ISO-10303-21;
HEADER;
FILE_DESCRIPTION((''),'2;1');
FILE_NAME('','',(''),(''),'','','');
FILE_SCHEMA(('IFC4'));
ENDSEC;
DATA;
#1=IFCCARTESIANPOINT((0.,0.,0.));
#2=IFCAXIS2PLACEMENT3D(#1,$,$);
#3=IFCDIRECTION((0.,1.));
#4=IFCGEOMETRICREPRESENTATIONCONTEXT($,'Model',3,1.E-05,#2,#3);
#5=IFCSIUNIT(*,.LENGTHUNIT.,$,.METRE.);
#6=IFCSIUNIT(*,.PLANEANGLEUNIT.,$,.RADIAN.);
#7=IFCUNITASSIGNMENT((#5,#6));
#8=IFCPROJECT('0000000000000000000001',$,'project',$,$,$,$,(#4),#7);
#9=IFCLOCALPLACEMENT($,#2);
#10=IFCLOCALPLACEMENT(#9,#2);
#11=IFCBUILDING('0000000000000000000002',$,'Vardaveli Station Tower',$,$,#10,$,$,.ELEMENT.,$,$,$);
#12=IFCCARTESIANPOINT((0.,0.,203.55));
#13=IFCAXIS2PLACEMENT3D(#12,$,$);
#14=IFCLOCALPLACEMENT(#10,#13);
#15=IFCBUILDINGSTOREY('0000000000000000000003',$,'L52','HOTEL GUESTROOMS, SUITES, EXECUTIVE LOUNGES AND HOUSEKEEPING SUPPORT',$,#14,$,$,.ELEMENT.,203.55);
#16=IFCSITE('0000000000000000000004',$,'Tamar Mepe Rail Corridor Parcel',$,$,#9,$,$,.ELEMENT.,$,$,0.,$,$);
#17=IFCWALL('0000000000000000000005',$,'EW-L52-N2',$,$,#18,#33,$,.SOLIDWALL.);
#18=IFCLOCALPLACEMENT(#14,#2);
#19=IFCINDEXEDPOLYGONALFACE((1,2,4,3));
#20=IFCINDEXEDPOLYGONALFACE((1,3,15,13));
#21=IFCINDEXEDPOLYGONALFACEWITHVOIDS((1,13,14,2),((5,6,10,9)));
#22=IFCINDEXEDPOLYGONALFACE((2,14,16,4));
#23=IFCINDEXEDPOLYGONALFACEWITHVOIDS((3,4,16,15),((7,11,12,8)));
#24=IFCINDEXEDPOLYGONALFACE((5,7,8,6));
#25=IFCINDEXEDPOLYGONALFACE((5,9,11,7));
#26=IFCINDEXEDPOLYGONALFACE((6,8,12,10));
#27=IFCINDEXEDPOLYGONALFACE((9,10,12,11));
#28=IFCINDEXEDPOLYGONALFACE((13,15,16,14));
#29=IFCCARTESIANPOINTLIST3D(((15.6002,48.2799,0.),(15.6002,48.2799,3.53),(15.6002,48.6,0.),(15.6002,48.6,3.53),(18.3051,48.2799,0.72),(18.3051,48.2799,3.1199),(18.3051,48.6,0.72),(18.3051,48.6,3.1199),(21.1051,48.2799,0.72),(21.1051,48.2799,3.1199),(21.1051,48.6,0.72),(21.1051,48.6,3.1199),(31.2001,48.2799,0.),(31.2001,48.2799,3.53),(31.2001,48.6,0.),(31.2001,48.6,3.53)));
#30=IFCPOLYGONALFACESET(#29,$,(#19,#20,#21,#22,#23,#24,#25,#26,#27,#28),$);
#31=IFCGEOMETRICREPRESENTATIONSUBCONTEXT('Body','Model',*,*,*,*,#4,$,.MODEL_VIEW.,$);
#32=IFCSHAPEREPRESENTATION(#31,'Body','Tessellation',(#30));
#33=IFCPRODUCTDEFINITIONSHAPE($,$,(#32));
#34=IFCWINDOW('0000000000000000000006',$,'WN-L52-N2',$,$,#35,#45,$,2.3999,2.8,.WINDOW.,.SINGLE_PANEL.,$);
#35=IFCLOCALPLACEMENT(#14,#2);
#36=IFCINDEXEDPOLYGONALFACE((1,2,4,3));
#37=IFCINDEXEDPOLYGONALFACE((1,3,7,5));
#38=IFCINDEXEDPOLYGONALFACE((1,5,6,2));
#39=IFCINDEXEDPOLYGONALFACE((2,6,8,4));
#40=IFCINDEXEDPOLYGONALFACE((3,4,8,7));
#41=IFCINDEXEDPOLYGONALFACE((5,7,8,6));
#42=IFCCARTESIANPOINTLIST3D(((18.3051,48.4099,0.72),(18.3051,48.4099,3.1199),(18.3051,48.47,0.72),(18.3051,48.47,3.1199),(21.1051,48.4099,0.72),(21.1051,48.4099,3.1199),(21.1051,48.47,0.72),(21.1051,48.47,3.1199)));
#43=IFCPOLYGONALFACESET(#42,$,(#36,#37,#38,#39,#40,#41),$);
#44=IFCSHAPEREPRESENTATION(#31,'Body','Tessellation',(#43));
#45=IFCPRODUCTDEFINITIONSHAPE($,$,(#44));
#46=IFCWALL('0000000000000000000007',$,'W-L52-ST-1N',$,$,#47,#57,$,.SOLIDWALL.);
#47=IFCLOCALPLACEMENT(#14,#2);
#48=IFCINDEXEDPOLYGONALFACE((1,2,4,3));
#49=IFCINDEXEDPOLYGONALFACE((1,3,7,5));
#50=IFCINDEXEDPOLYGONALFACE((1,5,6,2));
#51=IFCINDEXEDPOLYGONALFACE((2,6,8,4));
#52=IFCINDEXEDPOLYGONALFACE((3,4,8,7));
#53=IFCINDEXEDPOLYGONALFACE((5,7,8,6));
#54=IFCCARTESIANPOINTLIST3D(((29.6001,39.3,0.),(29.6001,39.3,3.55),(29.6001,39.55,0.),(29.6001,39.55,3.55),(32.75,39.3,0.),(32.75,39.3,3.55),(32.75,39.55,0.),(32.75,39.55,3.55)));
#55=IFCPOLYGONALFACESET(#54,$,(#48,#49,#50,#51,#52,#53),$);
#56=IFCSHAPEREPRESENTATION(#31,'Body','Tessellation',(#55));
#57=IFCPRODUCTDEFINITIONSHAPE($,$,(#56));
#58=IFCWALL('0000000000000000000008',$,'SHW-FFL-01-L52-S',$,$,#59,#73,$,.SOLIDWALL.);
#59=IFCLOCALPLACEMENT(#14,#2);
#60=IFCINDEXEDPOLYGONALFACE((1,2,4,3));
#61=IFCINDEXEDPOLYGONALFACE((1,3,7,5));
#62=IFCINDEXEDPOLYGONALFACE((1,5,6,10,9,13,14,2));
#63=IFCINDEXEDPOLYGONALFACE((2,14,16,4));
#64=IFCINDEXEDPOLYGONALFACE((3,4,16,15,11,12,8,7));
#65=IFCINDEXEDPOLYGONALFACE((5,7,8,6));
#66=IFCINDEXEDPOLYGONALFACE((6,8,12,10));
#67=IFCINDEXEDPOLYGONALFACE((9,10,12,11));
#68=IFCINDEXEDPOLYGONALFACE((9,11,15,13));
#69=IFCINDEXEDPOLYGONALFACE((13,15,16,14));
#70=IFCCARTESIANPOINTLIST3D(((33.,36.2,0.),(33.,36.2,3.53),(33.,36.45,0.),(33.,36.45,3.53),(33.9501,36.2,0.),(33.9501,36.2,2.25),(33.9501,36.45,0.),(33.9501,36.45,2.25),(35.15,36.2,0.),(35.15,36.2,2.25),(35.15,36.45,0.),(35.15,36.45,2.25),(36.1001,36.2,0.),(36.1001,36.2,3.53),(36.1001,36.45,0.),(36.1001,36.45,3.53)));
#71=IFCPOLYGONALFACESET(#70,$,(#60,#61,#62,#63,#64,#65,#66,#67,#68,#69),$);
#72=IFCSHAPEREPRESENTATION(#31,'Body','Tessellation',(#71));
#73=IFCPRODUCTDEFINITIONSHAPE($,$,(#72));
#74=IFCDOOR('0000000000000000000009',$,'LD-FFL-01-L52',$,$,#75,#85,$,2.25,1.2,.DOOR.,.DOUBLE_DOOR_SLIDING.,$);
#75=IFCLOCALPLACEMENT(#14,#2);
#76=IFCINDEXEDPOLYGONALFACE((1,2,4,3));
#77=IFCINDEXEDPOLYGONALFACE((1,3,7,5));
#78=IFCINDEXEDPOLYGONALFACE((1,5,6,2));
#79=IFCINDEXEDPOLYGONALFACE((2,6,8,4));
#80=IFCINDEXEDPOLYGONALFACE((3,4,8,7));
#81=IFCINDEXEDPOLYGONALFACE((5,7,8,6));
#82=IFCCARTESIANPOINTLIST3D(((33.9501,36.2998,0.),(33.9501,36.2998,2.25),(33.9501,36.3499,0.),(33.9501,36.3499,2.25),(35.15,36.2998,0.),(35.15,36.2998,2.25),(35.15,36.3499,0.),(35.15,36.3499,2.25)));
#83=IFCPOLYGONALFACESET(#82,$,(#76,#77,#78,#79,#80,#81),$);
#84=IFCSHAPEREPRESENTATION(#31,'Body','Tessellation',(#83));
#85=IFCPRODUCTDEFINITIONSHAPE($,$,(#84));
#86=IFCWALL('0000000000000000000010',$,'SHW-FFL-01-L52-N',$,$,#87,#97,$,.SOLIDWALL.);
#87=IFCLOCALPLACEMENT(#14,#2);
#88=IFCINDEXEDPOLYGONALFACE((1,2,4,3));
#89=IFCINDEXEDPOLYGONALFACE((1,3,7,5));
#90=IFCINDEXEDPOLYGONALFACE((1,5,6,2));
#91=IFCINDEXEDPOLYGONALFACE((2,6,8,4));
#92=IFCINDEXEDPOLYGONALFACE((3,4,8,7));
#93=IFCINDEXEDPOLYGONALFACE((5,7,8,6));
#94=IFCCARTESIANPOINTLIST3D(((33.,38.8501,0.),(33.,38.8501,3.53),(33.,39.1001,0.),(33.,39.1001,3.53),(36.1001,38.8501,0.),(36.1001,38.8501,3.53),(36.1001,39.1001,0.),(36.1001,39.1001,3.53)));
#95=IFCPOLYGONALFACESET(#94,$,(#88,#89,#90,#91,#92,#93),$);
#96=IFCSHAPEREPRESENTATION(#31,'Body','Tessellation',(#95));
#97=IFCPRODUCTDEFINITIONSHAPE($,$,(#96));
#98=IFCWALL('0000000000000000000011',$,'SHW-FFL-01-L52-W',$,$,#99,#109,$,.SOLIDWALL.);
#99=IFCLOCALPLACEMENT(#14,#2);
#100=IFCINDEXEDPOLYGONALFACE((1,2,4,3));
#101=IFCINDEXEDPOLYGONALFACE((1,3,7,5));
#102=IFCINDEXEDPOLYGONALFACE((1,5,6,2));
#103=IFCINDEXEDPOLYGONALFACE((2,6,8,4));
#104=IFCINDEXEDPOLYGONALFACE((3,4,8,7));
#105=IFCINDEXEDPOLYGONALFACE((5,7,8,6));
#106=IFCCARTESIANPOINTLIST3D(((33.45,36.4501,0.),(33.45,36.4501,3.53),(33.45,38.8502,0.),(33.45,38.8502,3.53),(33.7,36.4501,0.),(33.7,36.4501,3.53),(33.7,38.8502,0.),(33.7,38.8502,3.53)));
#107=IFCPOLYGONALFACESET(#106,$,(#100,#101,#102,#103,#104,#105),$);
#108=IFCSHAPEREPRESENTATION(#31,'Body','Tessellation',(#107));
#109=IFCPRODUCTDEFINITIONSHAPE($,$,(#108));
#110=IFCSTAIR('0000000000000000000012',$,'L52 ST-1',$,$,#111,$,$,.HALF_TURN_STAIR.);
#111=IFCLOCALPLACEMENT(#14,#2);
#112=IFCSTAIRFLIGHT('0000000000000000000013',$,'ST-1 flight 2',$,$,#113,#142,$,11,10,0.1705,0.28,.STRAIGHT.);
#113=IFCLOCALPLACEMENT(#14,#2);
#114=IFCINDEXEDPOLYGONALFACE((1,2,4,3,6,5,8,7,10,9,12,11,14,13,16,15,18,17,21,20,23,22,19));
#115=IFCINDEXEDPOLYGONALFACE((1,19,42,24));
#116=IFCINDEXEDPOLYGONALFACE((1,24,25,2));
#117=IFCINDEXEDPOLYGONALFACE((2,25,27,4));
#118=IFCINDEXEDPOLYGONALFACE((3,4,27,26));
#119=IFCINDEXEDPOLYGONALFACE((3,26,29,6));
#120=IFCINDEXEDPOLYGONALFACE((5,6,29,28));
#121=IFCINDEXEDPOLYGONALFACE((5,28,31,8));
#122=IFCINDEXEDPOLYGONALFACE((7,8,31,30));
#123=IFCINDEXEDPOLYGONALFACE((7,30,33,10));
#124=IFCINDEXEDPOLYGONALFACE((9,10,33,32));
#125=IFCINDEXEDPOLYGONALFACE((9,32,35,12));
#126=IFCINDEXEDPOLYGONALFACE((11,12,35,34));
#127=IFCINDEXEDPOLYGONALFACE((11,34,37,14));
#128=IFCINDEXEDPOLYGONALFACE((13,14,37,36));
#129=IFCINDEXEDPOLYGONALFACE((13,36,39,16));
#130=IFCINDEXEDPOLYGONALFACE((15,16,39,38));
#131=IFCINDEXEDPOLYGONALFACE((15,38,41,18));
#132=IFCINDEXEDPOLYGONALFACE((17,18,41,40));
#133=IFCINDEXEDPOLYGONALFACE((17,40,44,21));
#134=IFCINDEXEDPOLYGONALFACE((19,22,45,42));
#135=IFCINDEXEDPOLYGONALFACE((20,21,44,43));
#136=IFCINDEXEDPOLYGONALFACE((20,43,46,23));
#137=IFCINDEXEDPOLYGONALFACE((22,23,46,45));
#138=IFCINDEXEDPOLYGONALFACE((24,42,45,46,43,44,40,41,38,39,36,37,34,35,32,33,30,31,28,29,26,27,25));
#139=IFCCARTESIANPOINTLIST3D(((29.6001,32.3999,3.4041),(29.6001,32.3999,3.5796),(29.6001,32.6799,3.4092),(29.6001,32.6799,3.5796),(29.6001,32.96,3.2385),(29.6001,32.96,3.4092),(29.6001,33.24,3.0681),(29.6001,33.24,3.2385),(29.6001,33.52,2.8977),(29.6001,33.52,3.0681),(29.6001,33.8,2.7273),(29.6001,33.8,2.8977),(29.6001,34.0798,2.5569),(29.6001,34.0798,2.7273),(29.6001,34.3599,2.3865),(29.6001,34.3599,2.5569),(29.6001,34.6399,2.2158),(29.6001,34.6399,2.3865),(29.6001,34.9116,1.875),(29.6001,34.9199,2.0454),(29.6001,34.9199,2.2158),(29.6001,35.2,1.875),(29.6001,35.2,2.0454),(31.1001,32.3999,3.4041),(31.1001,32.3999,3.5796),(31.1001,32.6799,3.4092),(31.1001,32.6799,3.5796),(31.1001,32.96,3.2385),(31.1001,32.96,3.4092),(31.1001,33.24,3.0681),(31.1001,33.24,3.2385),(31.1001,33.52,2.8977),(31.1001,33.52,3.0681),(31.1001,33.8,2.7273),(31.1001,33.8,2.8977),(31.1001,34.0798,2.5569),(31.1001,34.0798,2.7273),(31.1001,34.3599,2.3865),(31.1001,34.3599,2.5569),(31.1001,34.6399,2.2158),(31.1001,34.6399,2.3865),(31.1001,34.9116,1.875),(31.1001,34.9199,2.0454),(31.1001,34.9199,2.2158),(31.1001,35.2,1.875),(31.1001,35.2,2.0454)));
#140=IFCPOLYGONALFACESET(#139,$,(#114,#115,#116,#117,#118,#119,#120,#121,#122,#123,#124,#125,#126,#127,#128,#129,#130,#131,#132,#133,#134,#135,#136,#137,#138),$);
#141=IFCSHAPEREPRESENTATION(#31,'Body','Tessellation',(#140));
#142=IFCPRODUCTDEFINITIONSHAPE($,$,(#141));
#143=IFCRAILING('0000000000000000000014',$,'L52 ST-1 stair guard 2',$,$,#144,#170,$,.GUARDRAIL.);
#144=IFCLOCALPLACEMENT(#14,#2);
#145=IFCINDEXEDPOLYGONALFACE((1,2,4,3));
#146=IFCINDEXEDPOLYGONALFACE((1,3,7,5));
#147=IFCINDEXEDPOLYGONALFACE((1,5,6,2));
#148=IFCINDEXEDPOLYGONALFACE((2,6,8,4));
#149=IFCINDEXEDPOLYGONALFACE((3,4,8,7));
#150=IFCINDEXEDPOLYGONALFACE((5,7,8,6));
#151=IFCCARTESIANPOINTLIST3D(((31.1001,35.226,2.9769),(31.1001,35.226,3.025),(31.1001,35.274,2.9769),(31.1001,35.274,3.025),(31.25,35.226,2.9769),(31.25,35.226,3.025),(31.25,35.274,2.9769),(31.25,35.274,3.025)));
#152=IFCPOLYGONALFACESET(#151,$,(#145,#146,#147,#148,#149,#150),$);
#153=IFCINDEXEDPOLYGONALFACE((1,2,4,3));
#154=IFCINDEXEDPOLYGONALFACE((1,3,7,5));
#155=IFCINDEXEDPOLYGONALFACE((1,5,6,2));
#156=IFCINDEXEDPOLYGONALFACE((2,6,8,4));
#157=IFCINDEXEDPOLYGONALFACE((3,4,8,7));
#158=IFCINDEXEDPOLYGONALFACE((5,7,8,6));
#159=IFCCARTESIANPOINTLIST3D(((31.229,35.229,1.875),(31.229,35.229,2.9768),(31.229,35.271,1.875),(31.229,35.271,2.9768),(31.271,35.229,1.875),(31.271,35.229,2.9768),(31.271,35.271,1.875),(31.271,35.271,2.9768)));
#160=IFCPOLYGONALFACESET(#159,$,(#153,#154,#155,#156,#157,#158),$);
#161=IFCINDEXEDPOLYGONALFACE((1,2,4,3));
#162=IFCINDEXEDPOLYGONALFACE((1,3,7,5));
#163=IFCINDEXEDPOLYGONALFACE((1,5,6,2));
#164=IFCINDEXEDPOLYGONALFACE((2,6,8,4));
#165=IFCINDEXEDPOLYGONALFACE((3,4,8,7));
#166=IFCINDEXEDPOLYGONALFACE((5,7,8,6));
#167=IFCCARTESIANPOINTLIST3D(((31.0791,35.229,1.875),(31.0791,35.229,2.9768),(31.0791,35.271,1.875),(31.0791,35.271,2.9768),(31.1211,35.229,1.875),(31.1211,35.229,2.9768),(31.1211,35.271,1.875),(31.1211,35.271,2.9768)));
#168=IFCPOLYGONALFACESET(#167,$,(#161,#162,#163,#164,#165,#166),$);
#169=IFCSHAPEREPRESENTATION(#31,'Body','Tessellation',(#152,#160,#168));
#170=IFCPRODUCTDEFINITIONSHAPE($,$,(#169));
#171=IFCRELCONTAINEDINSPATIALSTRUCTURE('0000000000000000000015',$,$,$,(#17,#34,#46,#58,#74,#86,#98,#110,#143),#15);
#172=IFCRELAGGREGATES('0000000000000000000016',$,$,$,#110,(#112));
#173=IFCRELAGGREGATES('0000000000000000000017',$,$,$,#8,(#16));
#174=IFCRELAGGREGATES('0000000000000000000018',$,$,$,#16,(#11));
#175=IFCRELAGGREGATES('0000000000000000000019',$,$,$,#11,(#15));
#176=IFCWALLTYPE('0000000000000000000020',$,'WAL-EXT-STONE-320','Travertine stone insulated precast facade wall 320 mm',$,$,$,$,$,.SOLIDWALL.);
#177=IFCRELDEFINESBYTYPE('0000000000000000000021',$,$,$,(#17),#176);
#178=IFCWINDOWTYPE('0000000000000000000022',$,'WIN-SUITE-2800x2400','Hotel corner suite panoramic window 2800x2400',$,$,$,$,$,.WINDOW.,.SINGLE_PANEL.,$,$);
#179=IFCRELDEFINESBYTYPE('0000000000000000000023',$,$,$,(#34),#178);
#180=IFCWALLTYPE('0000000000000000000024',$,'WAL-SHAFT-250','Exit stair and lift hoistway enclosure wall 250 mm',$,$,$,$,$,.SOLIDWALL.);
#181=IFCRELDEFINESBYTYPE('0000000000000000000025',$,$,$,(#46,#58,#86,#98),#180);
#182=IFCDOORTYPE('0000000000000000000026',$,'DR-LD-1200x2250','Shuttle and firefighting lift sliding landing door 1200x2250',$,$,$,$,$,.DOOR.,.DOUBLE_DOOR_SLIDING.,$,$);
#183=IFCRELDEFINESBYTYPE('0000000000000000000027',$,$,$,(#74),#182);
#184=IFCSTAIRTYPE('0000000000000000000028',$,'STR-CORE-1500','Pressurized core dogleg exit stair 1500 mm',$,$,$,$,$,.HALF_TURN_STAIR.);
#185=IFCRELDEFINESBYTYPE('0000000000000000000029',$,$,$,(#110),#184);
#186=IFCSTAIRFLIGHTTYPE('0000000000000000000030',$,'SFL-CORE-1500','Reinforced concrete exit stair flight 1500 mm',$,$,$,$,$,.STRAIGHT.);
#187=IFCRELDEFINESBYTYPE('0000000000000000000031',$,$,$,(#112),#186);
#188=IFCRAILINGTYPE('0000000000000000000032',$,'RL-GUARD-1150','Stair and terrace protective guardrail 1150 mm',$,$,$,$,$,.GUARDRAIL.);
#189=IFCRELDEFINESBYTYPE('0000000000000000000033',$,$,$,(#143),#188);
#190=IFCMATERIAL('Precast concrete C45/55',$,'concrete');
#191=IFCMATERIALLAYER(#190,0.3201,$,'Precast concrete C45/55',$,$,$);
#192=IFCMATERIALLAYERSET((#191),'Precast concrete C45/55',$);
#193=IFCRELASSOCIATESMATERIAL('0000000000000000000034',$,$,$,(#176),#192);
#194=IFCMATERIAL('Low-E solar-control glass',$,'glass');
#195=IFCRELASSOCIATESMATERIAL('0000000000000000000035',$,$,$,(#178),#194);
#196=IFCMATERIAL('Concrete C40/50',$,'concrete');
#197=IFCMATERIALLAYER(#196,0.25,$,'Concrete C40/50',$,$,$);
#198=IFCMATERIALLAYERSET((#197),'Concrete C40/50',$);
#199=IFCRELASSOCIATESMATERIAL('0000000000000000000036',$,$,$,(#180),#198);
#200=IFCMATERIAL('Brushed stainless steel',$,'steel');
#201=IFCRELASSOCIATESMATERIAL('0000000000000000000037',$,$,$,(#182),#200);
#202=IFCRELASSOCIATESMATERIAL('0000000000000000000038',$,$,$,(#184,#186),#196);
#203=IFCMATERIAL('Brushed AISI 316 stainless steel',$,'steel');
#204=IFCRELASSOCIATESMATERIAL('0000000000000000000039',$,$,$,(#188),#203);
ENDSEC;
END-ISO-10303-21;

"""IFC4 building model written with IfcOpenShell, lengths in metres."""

from ifc_helpers import new_model, si_unit, direction, frame, frame_2d, origin, origin_2d, place, context, subcontext, project, spatial, polyline, rectangle, outline, extrude, source, transform, mapped, material, layer, layer_set, type_object, element, fill, aggregate, save


model = new_model("IFC4")

# Units and contexts
model_context = context("Model", 3, precision=1e-05, world=origin(), true_north=direction((0.0, 1.0)))
body_context = subcontext(model_context, "Body", "Model", "MODEL_VIEW")
ifc_project = project(units=[si_unit("LENGTHUNIT", "METRE"), si_unit("PLANEANGLEUNIT", "RADIAN")], contexts=[model_context])

# Site, building, storey
site_placement = place(None, origin())
site = spatial("IfcSite", under=ifc_project, at=site_placement, Name="Tamar Mepe Rail Corridor Parcel", CompositionType="ELEMENT", RefElevation=0.0)
building_placement = place(site_placement, origin())
building = spatial("IfcBuilding", under=site, at=building_placement, Name="Vardaveli Station Tower", CompositionType="ELEMENT")
storey_placement = place(building_placement, frame((0.0, 0.0, 203.55)))
storey = spatial("IfcBuildingStorey", under=building, at=storey_placement, Name="L52", Description="HOTEL GUESTROOMS, SUITES, EXECUTIVE LOUNGES AND HOUSEKEEPING SUPPORT", CompositionType="ELEMENT", Elevation=203.55)

# Shared definitions
ifc_material_1 = material(Name="Precast concrete C45/55", Category="concrete")

# Wall, opening, window
ifc_layer_1 = layer(ifc_material_1, 0.3201, Name="Precast concrete C45/55")
ifc_layer_set_1 = layer_set([ifc_layer_1], Name="Precast concrete C45/55")
wall_type_1 = type_object("IfcWallType", Name="WAL-EXT-STONE-320", Description="Travertine stone insulated precast facade wall 320 mm", PredefinedType="SOLIDWALL", material=ifc_layer_set_1)
shared_shape_1 = source(origin(), body_context, "Body", "SweptSolid", [
    extrude(rectangle(XDim=15.5999, YDim=0.3201, at=frame_2d((7.7998, 0.0))), origin(), (0.0, 0.0, 1.0), 3.53),
])
wall_1_placement = place(storey_placement, frame((31.2, 48.4399, 0.0), z_axis=(0.0, 0.0, 1.0), x_axis=(-1.0, 0.0, 0.0)))
wall_1 = element("IfcWall", 1, at=wall_1_placement, inside=storey, type_object=wall_type_1, Name="EW-L52-N2", PredefinedType="SOLIDWALL", context=body_context, shape_type="MappedRepresentation", body=[
    mapped(shared_shape_1, transform((0.0, 0.0, 0.0), scale=1.0)),
])
shared_shape_2 = source(origin(), body_context, "Body", "SweptSolid", [
    extrude(rectangle(XDim=2.8, YDim=2.3999, at=frame_2d((1.3999, 1.2))), frame((0.0, 0.1699, 0.0), z_axis=(0.0, -1.0, 0.0), x_axis=(1.0, 0.0, 0.0)), (0.0, 0.0, 1.0), 0.3401),
])
opening_1_placement = place(wall_1_placement, frame((10.095, 0.0, 0.72)))
opening_1 = element("IfcOpeningElement", 2, at=opening_1_placement, cuts=wall_1, PredefinedType="OPENING", context=body_context, shape_type="MappedRepresentation", body=[
    mapped(shared_shape_2, transform((0.0, 0.0, 0.0), scale=1.0)),
])
ifc_material_2 = material(Name="Low-E solar-control glass", Category="glass")
window_type = type_object("IfcWindowType", Name="WIN-SUITE-2800x2400", Description="Hotel corner suite panoramic window 2800x2400", PartitioningType="SINGLE_PANEL", PredefinedType="WINDOW", material=ifc_material_2)
shared_shape_3 = source(origin(), body_context, "Body", "SweptSolid", [
    extrude(rectangle(XDim=2.8, YDim=2.3999, at=frame_2d((1.3999, 1.2))), frame((0.0, 0.03, 0.0), z_axis=(0.0, -1.0, 0.0), x_axis=(1.0, 0.0, 0.0)), (0.0, 0.0, 1.0), 0.0601),
])
window_placement = place(opening_1_placement, origin())
window = element("IfcWindow", 3, at=window_placement, inside=storey, type_object=window_type, Name="WN-L52-N2", OverallHeight=2.3999, OverallWidth=2.8, PartitioningType="SINGLE_PANEL", PredefinedType="WINDOW", context=body_context, shape_type="MappedRepresentation", body=[
    mapped(shared_shape_3, transform((0.0, 0.0, 0.0), scale=1.0)),
])
fill(opening_1, window)

# Wall
ifc_material_3 = material(Name="Concrete C40/50", Category="concrete")
ifc_layer_2 = layer(ifc_material_3, 0.25, Name="Concrete C40/50")
ifc_layer_set_2 = layer_set([ifc_layer_2], Name="Concrete C40/50")
wall_type_2 = type_object("IfcWallType", Name="WAL-SHAFT-250", Description="Exit stair and lift hoistway enclosure wall 250 mm", PredefinedType="SOLIDWALL", material=ifc_layer_set_2)
shared_shape_4 = source(origin(), body_context, "Body", "SweptSolid", [
    extrude(rectangle(XDim=3.1499, YDim=0.25, at=frame_2d((1.575, 0.0))), origin(), (0.0, 0.0, 1.0), 3.55),
])
wall_2_placement = place(storey_placement, frame((29.6001, 39.425, 0.0), z_axis=(0.0, 0.0, 1.0), x_axis=(1.0, 0.0, 0.0)))
element("IfcWall", 4, at=wall_2_placement, inside=storey, type_object=wall_type_2, Name="W-L52-ST-1N", PredefinedType="SOLIDWALL", context=body_context, shape_type="MappedRepresentation", body=[
    mapped(shared_shape_4, transform((0.0, 0.0, 0.0), scale=1.0)),
])

# Wall, opening, door
shared_shape_5 = source(origin(), body_context, "Body", "SweptSolid", [
    extrude(rectangle(XDim=3.1001, YDim=0.25, at=frame_2d((1.55, 0.0))), origin(), (0.0, 0.0, 1.0), 3.53),
])
wall_3_placement = place(storey_placement, frame((33.0, 36.325, 0.0), z_axis=(0.0, 0.0, 1.0), x_axis=(1.0, 0.0, 0.0)))
wall_3 = element("IfcWall", 5, at=wall_3_placement, inside=storey, type_object=wall_type_2, Name="SHW-FFL-01-L52-S", PredefinedType="SOLIDWALL", context=body_context, shape_type="MappedRepresentation", body=[
    mapped(shared_shape_5, transform((0.0, 0.0, 0.0), scale=1.0)),
])
shared_shape_6 = source(origin(), body_context, "Body", "SweptSolid", [
    extrude(rectangle(XDim=1.2, YDim=2.25, at=frame_2d((0.6001, 1.125))), frame((0.0, 0.135, 0.0), z_axis=(0.0, -1.0, 0.0), x_axis=(1.0, 0.0, 0.0)), (0.0, 0.0, 1.0), 0.27),
])
opening_2_placement = place(wall_3_placement, frame((0.95, 0.0, 0.0)))
opening_2 = element("IfcOpeningElement", 6, at=opening_2_placement, cuts=wall_3, PredefinedType="OPENING", context=body_context, shape_type="MappedRepresentation", body=[
    mapped(shared_shape_6, transform((0.0, 0.0, 0.0), scale=1.0)),
])
ifc_material_4 = material(Name="Brushed stainless steel", Category="steel")
door_type = type_object("IfcDoorType", Name="DR-LD-1200x2250", Description="Shuttle and firefighting lift sliding landing door 1200x2250", OperationType="DOUBLE_DOOR_SLIDING", PredefinedType="DOOR", material=ifc_material_4)
shared_shape_7 = source(origin(), body_context, "Body", "SweptSolid", [
    extrude(rectangle(XDim=1.2, YDim=2.25, at=frame_2d((0.6001, 1.125))), frame((0.0, 0.0249, 0.0), z_axis=(0.0, -1.0, 0.0), x_axis=(1.0, 0.0, 0.0)), (0.0, 0.0, 1.0), 0.05),
])
door_placement = place(opening_2_placement, origin())
door = element("IfcDoor", 7, at=door_placement, inside=storey, type_object=door_type, Name="LD-FFL-01-L52", OperationType="DOUBLE_DOOR_SLIDING", OverallHeight=2.25, OverallWidth=1.2, PredefinedType="DOOR", context=body_context, shape_type="MappedRepresentation", body=[
    mapped(shared_shape_7, transform((0.0, 0.0, 0.0), scale=1.0)),
])
fill(opening_2, door)

# Walls
wall_4_placement = place(storey_placement, frame((33.0, 38.9751, 0.0), z_axis=(0.0, 0.0, 1.0), x_axis=(1.0, 0.0, 0.0)))
element("IfcWall", 8, at=wall_4_placement, inside=storey, type_object=wall_type_2, Name="SHW-FFL-01-L52-N", PredefinedType="SOLIDWALL", context=body_context, shape_type="MappedRepresentation", body=[
    mapped(shared_shape_5, transform((0.0, 0.0, 0.0), scale=1.0)),
])
shared_shape_8 = source(origin(), body_context, "Body", "SweptSolid", [
    extrude(rectangle(XDim=2.4001, YDim=0.25, at=frame_2d((1.2002, 0.0))), origin(), (0.0, 0.0, 1.0), 3.53),
])
wall_5_placement = place(storey_placement, frame((33.575, 36.45, 0.0), z_axis=(0.0, 0.0, 1.0), x_axis=(0.0, 1.0, 0.0)))
element("IfcWall", 9, at=wall_5_placement, inside=storey, type_object=wall_type_2, Name="SHW-FFL-01-L52-W", PredefinedType="SOLIDWALL", context=body_context, shape_type="MappedRepresentation", body=[
    mapped(shared_shape_8, transform((0.0, 0.0, 0.0), scale=1.0)),
])

# Stair, stair flight
stair_type = type_object("IfcStairType", Name="STR-CORE-1500", Description="Pressurized core dogleg exit stair 1500 mm", PredefinedType="HALF_TURN_STAIR", material=ifc_material_3)
stair_placement = place(storey_placement, origin())
stair = element("IfcStair", 10, at=stair_placement, inside=storey, type_object=stair_type, Name="L52 ST-1", PredefinedType="HALF_TURN_STAIR")
stair_flight_type = type_object("IfcStairFlightType", Name="SFL-CORE-1500", Description="Reinforced concrete exit stair flight 1500 mm", PredefinedType="STRAIGHT", material=ifc_material_3)
shared_shape_9 = source(origin(), body_context, "Body", "SweptSolid", [
    extrude(outline(polyline([(0.0, 0.0), (0.0, 0.1704), (0.28, 0.1704), (0.28, 0.3408), (0.5601, 0.3408), (0.5601, 0.5115), (0.8401, 0.5115), (0.8401, 0.6819), (1.1201, 0.6819), (1.1201, 0.8523), (1.3999, 0.8523), (1.3999, 1.0227), (1.6799, 1.0227), (1.6799, 1.1931), (1.96, 1.1931), (1.96, 1.3635), (2.24, 1.3635), (2.24, 1.5342), (2.52, 1.5342), (2.52, 1.7046), (2.8, 1.7046), (2.8, 1.875), (2.8, 1.5291), (0.2883, 0.0), (0.0, 0.0)])), frame((0.0, 0.75, 0.0), z_axis=(0.0, -1.0, 0.0), x_axis=(1.0, 0.0, 0.0)), (0.0, 0.0, 1.0), 1.5),
])
stair_flight_placement = place(storey_placement, frame((30.3501, 35.2, 1.875), z_axis=(0.0, 0.0, 1.0), x_axis=(0.0, -1.0, 0.0)))
stair_flight = element("IfcStairFlight", 11, at=stair_flight_placement, type_object=stair_flight_type, Name="ST-1 flight 2", NumberOfRisers=11, NumberOfTreads=10, PredefinedType="STRAIGHT", RiserHeight=0.1705, TreadLength=0.28, context=body_context, shape_type="MappedRepresentation", body=[
    mapped(shared_shape_9, transform((0.0, 0.0, 0.0), scale=1.0)),
])
aggregate(stair, [stair_flight])

# Railing
ifc_material_5 = material(Name="Brushed AISI 316 stainless steel", Category="steel")
railing_type_1 = type_object("IfcRailingType", Name="RL-GUARD-1150", Description="Stair and terrace protective guardrail 1150 mm", PredefinedType="GUARDRAIL", material=ifc_material_5)
shared_shape_10 = source(origin(), body_context, "Body", "SweptSolid", [
    extrude(rectangle(XDim=0.0481, YDim=0.0481, at=origin_2d()), frame((0.0, 0.0, 1.126), z_axis=(-1.0, 0.0, 0.0), x_axis=(0.0, -1.0, 0.0)), (0.0, 0.0, 1.0), 0.1499),
    extrude(rectangle(XDim=0.042, YDim=0.042, at=origin_2d()), origin(), (0.0, 0.0, 1.0), 1.1018),
    extrude(rectangle(XDim=0.042, YDim=0.042, at=origin_2d()), frame((-0.1499, 0.0, 0.0)), (0.0, 0.0, 1.0), 1.1018),
])
railing_1_placement = place(storey_placement, frame((31.25, 35.25, 1.875)))
element("IfcRailing", 12, at=railing_1_placement, inside=storey, type_object=railing_type_1, Name="L52 ST-1 stair guard 2", PredefinedType="GUARDRAIL", context=body_context, shape_type="MappedRepresentation", body=[
    mapped(shared_shape_10, transform((0.0, 0.0, 0.0), scale=1.0)),
])

save(model, "model.ifc")
